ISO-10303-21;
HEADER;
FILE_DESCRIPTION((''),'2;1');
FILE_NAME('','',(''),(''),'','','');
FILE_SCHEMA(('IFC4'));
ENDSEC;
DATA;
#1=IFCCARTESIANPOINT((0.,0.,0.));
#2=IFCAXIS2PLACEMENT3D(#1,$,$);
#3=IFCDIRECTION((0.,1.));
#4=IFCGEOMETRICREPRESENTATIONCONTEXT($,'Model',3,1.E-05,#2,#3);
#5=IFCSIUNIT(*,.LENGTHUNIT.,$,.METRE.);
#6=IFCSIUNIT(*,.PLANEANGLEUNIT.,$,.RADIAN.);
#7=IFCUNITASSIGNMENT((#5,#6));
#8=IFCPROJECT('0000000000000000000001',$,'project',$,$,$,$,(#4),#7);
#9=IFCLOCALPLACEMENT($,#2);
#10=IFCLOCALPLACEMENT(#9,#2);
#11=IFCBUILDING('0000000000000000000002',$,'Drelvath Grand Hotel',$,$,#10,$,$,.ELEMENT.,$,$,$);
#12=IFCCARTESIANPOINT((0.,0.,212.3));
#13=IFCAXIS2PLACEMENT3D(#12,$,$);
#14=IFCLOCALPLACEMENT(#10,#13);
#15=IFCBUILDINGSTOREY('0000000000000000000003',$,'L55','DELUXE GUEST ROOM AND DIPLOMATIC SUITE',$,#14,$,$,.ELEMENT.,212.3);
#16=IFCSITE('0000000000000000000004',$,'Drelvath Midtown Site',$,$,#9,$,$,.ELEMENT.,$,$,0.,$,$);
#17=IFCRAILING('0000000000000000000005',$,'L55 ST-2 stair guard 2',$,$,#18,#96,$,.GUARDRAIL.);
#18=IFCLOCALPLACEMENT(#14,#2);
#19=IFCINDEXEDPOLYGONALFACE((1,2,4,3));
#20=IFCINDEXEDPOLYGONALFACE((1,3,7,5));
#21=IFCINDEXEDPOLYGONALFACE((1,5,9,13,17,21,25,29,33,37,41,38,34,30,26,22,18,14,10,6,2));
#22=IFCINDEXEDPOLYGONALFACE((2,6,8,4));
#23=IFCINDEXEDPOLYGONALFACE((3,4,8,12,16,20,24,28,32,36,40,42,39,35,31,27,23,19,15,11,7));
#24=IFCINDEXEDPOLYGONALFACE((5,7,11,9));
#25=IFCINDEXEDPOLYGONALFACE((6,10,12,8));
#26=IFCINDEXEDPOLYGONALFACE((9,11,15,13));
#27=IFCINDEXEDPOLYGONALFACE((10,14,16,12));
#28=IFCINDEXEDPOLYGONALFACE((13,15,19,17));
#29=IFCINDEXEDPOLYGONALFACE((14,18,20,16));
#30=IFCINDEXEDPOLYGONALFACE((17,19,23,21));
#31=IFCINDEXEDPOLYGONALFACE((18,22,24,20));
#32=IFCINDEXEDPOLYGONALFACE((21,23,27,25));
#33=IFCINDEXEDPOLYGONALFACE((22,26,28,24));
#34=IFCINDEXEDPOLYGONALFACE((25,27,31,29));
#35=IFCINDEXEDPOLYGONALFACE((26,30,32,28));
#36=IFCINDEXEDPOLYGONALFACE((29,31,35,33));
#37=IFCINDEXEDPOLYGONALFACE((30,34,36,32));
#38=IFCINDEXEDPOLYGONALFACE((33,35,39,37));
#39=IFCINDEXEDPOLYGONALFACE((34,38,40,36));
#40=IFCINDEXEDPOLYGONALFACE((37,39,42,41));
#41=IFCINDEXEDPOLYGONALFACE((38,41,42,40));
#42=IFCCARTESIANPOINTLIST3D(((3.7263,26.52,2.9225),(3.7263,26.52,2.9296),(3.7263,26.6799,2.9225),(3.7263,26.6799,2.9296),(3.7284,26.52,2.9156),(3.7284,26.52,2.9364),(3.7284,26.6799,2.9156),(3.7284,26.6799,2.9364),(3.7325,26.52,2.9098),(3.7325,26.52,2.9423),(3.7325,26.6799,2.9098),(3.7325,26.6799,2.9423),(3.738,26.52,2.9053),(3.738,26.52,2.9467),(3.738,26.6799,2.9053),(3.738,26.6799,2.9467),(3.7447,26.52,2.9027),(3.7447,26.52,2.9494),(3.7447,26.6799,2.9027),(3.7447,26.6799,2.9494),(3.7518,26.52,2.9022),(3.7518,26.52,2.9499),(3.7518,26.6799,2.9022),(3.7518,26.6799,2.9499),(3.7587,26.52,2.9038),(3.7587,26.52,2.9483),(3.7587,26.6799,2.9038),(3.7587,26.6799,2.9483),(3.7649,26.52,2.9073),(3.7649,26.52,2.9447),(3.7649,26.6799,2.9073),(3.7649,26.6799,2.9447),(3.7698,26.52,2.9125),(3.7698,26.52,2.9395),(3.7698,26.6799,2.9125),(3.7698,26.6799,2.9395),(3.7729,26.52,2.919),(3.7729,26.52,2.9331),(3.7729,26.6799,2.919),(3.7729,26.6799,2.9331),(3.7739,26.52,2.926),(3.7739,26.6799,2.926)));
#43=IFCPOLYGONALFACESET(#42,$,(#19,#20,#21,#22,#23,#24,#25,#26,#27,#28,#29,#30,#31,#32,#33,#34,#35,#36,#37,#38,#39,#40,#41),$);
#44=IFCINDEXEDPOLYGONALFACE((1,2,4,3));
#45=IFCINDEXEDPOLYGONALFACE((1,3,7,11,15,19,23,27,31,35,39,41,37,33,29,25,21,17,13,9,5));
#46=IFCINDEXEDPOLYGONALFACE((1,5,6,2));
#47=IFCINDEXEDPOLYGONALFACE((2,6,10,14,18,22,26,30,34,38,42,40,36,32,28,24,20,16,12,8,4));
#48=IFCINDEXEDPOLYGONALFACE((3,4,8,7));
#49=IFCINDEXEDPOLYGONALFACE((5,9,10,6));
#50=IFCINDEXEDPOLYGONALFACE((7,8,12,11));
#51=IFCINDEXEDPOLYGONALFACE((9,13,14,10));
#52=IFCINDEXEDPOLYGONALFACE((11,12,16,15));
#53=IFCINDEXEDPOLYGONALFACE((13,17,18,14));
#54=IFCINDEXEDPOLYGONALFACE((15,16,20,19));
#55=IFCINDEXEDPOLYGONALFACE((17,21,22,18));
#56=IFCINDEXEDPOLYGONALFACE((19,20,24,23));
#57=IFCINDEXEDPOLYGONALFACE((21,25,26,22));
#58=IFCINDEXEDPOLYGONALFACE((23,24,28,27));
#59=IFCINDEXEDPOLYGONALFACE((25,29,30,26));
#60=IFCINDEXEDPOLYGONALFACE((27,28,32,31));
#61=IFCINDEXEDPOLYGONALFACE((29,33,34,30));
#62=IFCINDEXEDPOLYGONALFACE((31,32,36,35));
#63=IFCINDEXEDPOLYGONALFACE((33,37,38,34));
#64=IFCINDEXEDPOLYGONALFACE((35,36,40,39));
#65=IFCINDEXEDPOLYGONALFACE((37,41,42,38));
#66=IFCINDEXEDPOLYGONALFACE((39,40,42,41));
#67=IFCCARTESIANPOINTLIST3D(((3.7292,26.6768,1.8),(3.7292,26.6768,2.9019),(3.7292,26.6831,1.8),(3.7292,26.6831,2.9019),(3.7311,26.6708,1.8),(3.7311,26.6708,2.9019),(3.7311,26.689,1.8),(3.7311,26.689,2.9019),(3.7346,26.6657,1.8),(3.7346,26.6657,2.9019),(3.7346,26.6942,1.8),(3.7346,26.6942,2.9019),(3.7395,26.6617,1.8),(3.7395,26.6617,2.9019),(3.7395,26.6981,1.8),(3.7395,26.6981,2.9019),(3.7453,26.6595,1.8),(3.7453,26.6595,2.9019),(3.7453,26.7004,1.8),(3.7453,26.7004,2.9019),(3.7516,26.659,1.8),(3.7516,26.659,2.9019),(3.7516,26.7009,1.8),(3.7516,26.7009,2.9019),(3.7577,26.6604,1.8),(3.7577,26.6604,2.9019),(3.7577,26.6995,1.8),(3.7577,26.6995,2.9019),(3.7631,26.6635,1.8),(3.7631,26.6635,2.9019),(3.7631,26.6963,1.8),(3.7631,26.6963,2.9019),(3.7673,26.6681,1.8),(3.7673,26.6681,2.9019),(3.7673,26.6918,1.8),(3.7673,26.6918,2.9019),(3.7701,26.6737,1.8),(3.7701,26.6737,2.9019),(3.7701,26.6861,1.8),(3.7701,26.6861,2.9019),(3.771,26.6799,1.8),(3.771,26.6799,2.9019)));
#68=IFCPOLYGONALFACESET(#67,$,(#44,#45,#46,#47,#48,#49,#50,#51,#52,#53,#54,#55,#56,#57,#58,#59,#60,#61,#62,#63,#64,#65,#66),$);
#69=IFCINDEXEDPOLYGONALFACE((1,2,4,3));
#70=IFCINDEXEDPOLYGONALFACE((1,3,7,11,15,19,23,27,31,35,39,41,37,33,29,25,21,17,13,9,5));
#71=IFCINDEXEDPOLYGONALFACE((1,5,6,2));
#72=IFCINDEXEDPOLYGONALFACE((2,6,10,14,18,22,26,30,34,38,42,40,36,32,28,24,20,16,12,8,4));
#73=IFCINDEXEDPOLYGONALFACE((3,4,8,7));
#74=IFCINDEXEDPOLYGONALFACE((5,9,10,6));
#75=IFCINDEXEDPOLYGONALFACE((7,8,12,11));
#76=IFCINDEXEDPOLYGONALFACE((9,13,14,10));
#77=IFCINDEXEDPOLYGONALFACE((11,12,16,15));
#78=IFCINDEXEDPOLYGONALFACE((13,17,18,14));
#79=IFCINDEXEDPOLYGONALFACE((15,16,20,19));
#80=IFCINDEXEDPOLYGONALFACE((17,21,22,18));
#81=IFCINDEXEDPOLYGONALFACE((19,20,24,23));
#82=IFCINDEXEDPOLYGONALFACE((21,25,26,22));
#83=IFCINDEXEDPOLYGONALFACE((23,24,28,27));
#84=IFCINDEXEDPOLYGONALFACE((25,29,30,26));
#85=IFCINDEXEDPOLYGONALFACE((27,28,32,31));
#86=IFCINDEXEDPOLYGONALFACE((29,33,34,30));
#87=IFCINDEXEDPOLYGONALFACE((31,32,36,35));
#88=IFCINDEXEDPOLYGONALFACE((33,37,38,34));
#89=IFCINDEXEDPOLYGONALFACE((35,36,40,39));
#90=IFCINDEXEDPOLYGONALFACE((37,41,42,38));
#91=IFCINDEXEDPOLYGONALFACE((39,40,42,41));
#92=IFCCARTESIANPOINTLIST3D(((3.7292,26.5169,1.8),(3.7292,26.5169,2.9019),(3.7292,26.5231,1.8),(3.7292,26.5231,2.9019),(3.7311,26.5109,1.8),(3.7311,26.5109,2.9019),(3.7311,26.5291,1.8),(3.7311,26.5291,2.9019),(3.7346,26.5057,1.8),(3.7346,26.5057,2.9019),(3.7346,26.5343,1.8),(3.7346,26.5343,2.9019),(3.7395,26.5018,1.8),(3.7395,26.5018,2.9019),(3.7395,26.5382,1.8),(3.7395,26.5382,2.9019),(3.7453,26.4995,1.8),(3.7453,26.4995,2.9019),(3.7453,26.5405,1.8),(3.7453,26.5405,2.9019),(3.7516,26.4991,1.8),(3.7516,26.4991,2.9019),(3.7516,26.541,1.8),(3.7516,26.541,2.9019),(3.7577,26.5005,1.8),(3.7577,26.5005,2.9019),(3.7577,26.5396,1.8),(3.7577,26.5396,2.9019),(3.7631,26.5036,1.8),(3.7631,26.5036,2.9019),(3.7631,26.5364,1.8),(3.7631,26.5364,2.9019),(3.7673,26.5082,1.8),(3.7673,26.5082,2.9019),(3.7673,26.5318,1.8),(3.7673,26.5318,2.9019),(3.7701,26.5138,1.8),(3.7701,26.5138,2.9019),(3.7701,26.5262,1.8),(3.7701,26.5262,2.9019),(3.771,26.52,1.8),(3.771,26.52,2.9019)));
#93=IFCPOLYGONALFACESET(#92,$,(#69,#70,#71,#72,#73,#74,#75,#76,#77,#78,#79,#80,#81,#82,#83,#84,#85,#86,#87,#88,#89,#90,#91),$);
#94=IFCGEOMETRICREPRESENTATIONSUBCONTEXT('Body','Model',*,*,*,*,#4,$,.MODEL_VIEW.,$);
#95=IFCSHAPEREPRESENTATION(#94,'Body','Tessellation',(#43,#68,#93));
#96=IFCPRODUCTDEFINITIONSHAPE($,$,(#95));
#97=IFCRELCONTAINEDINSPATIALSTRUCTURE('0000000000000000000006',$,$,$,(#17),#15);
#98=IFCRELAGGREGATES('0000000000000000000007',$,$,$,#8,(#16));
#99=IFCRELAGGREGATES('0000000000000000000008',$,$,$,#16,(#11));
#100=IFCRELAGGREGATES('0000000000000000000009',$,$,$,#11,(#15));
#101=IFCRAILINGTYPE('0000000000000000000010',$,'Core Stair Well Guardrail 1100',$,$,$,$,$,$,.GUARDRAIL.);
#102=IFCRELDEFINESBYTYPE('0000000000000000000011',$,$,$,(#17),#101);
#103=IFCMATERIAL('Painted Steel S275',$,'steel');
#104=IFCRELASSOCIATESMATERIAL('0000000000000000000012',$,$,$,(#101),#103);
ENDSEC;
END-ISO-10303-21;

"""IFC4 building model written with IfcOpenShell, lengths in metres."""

from ifc_helpers import new_model, si_unit, direction, frame, origin, origin_2d, place, context, subcontext, project, spatial, circle, extrude, material, type_object, element, save


model = new_model("IFC4")

# Units and contexts
model_context = context("Model", 3, precision=1e-05, world=origin(), true_north=direction((0.0, 1.0)))
body_context = subcontext(model_context, "Body", "Model", "MODEL_VIEW")
ifc_project = project(units=[si_unit("LENGTHUNIT", "METRE"), si_unit("PLANEANGLEUNIT", "RADIAN")], contexts=[model_context])

# Site, building, storey
site_placement = place(None, origin())
site = spatial("IfcSite", under=ifc_project, at=site_placement, Name="Drelvath Midtown Site", CompositionType="ELEMENT", RefElevation=0.0)
building_placement = place(site_placement, origin())
building = spatial("IfcBuilding", under=site, at=building_placement, Name="Drelvath Grand Hotel", CompositionType="ELEMENT")
storey_placement = place(building_placement, frame((0.0, 0.0, 212.3)))
storey = spatial("IfcBuildingStorey", under=building, at=storey_placement, Name="L55", Description="DELUXE GUEST ROOM AND DIPLOMATIC SUITE", CompositionType="ELEMENT", Elevation=212.3)

# Railing
ifc_material_1 = material(Name="Painted Steel S275", Category="steel")
railing_type_1 = type_object("IfcRailingType", Name="Core Stair Well Guardrail 1100", PredefinedType="GUARDRAIL", material=ifc_material_1)
railing_1_placement = place(storey_placement, frame((3.75, 26.6799, 1.8)))
element("IfcRailing", 1, at=railing_1_placement, inside=storey, type_object=railing_type_1, Name="L55 ST-2 stair guard 2", PredefinedType="GUARDRAIL", context=body_context, shape_type="SweptSolid", body=[
    extrude(circle(Radius=0.0239, at=origin_2d()), frame((0.0, 0.0, 1.126), z_axis=(0.0, -1.0, 0.0), x_axis=(1.0, 0.0, 0.0)), (0.0, 0.0, 1.0), 0.1599),
    extrude(circle(Radius=0.021, at=origin_2d()), origin(), (0.0, 0.0, 1.0), 1.1018),
    extrude(circle(Radius=0.021, at=origin_2d()), frame((0.0, -0.1599, 0.0)), (0.0, 0.0, 1.0), 1.1018),
])

save(model, "model.ifc")
